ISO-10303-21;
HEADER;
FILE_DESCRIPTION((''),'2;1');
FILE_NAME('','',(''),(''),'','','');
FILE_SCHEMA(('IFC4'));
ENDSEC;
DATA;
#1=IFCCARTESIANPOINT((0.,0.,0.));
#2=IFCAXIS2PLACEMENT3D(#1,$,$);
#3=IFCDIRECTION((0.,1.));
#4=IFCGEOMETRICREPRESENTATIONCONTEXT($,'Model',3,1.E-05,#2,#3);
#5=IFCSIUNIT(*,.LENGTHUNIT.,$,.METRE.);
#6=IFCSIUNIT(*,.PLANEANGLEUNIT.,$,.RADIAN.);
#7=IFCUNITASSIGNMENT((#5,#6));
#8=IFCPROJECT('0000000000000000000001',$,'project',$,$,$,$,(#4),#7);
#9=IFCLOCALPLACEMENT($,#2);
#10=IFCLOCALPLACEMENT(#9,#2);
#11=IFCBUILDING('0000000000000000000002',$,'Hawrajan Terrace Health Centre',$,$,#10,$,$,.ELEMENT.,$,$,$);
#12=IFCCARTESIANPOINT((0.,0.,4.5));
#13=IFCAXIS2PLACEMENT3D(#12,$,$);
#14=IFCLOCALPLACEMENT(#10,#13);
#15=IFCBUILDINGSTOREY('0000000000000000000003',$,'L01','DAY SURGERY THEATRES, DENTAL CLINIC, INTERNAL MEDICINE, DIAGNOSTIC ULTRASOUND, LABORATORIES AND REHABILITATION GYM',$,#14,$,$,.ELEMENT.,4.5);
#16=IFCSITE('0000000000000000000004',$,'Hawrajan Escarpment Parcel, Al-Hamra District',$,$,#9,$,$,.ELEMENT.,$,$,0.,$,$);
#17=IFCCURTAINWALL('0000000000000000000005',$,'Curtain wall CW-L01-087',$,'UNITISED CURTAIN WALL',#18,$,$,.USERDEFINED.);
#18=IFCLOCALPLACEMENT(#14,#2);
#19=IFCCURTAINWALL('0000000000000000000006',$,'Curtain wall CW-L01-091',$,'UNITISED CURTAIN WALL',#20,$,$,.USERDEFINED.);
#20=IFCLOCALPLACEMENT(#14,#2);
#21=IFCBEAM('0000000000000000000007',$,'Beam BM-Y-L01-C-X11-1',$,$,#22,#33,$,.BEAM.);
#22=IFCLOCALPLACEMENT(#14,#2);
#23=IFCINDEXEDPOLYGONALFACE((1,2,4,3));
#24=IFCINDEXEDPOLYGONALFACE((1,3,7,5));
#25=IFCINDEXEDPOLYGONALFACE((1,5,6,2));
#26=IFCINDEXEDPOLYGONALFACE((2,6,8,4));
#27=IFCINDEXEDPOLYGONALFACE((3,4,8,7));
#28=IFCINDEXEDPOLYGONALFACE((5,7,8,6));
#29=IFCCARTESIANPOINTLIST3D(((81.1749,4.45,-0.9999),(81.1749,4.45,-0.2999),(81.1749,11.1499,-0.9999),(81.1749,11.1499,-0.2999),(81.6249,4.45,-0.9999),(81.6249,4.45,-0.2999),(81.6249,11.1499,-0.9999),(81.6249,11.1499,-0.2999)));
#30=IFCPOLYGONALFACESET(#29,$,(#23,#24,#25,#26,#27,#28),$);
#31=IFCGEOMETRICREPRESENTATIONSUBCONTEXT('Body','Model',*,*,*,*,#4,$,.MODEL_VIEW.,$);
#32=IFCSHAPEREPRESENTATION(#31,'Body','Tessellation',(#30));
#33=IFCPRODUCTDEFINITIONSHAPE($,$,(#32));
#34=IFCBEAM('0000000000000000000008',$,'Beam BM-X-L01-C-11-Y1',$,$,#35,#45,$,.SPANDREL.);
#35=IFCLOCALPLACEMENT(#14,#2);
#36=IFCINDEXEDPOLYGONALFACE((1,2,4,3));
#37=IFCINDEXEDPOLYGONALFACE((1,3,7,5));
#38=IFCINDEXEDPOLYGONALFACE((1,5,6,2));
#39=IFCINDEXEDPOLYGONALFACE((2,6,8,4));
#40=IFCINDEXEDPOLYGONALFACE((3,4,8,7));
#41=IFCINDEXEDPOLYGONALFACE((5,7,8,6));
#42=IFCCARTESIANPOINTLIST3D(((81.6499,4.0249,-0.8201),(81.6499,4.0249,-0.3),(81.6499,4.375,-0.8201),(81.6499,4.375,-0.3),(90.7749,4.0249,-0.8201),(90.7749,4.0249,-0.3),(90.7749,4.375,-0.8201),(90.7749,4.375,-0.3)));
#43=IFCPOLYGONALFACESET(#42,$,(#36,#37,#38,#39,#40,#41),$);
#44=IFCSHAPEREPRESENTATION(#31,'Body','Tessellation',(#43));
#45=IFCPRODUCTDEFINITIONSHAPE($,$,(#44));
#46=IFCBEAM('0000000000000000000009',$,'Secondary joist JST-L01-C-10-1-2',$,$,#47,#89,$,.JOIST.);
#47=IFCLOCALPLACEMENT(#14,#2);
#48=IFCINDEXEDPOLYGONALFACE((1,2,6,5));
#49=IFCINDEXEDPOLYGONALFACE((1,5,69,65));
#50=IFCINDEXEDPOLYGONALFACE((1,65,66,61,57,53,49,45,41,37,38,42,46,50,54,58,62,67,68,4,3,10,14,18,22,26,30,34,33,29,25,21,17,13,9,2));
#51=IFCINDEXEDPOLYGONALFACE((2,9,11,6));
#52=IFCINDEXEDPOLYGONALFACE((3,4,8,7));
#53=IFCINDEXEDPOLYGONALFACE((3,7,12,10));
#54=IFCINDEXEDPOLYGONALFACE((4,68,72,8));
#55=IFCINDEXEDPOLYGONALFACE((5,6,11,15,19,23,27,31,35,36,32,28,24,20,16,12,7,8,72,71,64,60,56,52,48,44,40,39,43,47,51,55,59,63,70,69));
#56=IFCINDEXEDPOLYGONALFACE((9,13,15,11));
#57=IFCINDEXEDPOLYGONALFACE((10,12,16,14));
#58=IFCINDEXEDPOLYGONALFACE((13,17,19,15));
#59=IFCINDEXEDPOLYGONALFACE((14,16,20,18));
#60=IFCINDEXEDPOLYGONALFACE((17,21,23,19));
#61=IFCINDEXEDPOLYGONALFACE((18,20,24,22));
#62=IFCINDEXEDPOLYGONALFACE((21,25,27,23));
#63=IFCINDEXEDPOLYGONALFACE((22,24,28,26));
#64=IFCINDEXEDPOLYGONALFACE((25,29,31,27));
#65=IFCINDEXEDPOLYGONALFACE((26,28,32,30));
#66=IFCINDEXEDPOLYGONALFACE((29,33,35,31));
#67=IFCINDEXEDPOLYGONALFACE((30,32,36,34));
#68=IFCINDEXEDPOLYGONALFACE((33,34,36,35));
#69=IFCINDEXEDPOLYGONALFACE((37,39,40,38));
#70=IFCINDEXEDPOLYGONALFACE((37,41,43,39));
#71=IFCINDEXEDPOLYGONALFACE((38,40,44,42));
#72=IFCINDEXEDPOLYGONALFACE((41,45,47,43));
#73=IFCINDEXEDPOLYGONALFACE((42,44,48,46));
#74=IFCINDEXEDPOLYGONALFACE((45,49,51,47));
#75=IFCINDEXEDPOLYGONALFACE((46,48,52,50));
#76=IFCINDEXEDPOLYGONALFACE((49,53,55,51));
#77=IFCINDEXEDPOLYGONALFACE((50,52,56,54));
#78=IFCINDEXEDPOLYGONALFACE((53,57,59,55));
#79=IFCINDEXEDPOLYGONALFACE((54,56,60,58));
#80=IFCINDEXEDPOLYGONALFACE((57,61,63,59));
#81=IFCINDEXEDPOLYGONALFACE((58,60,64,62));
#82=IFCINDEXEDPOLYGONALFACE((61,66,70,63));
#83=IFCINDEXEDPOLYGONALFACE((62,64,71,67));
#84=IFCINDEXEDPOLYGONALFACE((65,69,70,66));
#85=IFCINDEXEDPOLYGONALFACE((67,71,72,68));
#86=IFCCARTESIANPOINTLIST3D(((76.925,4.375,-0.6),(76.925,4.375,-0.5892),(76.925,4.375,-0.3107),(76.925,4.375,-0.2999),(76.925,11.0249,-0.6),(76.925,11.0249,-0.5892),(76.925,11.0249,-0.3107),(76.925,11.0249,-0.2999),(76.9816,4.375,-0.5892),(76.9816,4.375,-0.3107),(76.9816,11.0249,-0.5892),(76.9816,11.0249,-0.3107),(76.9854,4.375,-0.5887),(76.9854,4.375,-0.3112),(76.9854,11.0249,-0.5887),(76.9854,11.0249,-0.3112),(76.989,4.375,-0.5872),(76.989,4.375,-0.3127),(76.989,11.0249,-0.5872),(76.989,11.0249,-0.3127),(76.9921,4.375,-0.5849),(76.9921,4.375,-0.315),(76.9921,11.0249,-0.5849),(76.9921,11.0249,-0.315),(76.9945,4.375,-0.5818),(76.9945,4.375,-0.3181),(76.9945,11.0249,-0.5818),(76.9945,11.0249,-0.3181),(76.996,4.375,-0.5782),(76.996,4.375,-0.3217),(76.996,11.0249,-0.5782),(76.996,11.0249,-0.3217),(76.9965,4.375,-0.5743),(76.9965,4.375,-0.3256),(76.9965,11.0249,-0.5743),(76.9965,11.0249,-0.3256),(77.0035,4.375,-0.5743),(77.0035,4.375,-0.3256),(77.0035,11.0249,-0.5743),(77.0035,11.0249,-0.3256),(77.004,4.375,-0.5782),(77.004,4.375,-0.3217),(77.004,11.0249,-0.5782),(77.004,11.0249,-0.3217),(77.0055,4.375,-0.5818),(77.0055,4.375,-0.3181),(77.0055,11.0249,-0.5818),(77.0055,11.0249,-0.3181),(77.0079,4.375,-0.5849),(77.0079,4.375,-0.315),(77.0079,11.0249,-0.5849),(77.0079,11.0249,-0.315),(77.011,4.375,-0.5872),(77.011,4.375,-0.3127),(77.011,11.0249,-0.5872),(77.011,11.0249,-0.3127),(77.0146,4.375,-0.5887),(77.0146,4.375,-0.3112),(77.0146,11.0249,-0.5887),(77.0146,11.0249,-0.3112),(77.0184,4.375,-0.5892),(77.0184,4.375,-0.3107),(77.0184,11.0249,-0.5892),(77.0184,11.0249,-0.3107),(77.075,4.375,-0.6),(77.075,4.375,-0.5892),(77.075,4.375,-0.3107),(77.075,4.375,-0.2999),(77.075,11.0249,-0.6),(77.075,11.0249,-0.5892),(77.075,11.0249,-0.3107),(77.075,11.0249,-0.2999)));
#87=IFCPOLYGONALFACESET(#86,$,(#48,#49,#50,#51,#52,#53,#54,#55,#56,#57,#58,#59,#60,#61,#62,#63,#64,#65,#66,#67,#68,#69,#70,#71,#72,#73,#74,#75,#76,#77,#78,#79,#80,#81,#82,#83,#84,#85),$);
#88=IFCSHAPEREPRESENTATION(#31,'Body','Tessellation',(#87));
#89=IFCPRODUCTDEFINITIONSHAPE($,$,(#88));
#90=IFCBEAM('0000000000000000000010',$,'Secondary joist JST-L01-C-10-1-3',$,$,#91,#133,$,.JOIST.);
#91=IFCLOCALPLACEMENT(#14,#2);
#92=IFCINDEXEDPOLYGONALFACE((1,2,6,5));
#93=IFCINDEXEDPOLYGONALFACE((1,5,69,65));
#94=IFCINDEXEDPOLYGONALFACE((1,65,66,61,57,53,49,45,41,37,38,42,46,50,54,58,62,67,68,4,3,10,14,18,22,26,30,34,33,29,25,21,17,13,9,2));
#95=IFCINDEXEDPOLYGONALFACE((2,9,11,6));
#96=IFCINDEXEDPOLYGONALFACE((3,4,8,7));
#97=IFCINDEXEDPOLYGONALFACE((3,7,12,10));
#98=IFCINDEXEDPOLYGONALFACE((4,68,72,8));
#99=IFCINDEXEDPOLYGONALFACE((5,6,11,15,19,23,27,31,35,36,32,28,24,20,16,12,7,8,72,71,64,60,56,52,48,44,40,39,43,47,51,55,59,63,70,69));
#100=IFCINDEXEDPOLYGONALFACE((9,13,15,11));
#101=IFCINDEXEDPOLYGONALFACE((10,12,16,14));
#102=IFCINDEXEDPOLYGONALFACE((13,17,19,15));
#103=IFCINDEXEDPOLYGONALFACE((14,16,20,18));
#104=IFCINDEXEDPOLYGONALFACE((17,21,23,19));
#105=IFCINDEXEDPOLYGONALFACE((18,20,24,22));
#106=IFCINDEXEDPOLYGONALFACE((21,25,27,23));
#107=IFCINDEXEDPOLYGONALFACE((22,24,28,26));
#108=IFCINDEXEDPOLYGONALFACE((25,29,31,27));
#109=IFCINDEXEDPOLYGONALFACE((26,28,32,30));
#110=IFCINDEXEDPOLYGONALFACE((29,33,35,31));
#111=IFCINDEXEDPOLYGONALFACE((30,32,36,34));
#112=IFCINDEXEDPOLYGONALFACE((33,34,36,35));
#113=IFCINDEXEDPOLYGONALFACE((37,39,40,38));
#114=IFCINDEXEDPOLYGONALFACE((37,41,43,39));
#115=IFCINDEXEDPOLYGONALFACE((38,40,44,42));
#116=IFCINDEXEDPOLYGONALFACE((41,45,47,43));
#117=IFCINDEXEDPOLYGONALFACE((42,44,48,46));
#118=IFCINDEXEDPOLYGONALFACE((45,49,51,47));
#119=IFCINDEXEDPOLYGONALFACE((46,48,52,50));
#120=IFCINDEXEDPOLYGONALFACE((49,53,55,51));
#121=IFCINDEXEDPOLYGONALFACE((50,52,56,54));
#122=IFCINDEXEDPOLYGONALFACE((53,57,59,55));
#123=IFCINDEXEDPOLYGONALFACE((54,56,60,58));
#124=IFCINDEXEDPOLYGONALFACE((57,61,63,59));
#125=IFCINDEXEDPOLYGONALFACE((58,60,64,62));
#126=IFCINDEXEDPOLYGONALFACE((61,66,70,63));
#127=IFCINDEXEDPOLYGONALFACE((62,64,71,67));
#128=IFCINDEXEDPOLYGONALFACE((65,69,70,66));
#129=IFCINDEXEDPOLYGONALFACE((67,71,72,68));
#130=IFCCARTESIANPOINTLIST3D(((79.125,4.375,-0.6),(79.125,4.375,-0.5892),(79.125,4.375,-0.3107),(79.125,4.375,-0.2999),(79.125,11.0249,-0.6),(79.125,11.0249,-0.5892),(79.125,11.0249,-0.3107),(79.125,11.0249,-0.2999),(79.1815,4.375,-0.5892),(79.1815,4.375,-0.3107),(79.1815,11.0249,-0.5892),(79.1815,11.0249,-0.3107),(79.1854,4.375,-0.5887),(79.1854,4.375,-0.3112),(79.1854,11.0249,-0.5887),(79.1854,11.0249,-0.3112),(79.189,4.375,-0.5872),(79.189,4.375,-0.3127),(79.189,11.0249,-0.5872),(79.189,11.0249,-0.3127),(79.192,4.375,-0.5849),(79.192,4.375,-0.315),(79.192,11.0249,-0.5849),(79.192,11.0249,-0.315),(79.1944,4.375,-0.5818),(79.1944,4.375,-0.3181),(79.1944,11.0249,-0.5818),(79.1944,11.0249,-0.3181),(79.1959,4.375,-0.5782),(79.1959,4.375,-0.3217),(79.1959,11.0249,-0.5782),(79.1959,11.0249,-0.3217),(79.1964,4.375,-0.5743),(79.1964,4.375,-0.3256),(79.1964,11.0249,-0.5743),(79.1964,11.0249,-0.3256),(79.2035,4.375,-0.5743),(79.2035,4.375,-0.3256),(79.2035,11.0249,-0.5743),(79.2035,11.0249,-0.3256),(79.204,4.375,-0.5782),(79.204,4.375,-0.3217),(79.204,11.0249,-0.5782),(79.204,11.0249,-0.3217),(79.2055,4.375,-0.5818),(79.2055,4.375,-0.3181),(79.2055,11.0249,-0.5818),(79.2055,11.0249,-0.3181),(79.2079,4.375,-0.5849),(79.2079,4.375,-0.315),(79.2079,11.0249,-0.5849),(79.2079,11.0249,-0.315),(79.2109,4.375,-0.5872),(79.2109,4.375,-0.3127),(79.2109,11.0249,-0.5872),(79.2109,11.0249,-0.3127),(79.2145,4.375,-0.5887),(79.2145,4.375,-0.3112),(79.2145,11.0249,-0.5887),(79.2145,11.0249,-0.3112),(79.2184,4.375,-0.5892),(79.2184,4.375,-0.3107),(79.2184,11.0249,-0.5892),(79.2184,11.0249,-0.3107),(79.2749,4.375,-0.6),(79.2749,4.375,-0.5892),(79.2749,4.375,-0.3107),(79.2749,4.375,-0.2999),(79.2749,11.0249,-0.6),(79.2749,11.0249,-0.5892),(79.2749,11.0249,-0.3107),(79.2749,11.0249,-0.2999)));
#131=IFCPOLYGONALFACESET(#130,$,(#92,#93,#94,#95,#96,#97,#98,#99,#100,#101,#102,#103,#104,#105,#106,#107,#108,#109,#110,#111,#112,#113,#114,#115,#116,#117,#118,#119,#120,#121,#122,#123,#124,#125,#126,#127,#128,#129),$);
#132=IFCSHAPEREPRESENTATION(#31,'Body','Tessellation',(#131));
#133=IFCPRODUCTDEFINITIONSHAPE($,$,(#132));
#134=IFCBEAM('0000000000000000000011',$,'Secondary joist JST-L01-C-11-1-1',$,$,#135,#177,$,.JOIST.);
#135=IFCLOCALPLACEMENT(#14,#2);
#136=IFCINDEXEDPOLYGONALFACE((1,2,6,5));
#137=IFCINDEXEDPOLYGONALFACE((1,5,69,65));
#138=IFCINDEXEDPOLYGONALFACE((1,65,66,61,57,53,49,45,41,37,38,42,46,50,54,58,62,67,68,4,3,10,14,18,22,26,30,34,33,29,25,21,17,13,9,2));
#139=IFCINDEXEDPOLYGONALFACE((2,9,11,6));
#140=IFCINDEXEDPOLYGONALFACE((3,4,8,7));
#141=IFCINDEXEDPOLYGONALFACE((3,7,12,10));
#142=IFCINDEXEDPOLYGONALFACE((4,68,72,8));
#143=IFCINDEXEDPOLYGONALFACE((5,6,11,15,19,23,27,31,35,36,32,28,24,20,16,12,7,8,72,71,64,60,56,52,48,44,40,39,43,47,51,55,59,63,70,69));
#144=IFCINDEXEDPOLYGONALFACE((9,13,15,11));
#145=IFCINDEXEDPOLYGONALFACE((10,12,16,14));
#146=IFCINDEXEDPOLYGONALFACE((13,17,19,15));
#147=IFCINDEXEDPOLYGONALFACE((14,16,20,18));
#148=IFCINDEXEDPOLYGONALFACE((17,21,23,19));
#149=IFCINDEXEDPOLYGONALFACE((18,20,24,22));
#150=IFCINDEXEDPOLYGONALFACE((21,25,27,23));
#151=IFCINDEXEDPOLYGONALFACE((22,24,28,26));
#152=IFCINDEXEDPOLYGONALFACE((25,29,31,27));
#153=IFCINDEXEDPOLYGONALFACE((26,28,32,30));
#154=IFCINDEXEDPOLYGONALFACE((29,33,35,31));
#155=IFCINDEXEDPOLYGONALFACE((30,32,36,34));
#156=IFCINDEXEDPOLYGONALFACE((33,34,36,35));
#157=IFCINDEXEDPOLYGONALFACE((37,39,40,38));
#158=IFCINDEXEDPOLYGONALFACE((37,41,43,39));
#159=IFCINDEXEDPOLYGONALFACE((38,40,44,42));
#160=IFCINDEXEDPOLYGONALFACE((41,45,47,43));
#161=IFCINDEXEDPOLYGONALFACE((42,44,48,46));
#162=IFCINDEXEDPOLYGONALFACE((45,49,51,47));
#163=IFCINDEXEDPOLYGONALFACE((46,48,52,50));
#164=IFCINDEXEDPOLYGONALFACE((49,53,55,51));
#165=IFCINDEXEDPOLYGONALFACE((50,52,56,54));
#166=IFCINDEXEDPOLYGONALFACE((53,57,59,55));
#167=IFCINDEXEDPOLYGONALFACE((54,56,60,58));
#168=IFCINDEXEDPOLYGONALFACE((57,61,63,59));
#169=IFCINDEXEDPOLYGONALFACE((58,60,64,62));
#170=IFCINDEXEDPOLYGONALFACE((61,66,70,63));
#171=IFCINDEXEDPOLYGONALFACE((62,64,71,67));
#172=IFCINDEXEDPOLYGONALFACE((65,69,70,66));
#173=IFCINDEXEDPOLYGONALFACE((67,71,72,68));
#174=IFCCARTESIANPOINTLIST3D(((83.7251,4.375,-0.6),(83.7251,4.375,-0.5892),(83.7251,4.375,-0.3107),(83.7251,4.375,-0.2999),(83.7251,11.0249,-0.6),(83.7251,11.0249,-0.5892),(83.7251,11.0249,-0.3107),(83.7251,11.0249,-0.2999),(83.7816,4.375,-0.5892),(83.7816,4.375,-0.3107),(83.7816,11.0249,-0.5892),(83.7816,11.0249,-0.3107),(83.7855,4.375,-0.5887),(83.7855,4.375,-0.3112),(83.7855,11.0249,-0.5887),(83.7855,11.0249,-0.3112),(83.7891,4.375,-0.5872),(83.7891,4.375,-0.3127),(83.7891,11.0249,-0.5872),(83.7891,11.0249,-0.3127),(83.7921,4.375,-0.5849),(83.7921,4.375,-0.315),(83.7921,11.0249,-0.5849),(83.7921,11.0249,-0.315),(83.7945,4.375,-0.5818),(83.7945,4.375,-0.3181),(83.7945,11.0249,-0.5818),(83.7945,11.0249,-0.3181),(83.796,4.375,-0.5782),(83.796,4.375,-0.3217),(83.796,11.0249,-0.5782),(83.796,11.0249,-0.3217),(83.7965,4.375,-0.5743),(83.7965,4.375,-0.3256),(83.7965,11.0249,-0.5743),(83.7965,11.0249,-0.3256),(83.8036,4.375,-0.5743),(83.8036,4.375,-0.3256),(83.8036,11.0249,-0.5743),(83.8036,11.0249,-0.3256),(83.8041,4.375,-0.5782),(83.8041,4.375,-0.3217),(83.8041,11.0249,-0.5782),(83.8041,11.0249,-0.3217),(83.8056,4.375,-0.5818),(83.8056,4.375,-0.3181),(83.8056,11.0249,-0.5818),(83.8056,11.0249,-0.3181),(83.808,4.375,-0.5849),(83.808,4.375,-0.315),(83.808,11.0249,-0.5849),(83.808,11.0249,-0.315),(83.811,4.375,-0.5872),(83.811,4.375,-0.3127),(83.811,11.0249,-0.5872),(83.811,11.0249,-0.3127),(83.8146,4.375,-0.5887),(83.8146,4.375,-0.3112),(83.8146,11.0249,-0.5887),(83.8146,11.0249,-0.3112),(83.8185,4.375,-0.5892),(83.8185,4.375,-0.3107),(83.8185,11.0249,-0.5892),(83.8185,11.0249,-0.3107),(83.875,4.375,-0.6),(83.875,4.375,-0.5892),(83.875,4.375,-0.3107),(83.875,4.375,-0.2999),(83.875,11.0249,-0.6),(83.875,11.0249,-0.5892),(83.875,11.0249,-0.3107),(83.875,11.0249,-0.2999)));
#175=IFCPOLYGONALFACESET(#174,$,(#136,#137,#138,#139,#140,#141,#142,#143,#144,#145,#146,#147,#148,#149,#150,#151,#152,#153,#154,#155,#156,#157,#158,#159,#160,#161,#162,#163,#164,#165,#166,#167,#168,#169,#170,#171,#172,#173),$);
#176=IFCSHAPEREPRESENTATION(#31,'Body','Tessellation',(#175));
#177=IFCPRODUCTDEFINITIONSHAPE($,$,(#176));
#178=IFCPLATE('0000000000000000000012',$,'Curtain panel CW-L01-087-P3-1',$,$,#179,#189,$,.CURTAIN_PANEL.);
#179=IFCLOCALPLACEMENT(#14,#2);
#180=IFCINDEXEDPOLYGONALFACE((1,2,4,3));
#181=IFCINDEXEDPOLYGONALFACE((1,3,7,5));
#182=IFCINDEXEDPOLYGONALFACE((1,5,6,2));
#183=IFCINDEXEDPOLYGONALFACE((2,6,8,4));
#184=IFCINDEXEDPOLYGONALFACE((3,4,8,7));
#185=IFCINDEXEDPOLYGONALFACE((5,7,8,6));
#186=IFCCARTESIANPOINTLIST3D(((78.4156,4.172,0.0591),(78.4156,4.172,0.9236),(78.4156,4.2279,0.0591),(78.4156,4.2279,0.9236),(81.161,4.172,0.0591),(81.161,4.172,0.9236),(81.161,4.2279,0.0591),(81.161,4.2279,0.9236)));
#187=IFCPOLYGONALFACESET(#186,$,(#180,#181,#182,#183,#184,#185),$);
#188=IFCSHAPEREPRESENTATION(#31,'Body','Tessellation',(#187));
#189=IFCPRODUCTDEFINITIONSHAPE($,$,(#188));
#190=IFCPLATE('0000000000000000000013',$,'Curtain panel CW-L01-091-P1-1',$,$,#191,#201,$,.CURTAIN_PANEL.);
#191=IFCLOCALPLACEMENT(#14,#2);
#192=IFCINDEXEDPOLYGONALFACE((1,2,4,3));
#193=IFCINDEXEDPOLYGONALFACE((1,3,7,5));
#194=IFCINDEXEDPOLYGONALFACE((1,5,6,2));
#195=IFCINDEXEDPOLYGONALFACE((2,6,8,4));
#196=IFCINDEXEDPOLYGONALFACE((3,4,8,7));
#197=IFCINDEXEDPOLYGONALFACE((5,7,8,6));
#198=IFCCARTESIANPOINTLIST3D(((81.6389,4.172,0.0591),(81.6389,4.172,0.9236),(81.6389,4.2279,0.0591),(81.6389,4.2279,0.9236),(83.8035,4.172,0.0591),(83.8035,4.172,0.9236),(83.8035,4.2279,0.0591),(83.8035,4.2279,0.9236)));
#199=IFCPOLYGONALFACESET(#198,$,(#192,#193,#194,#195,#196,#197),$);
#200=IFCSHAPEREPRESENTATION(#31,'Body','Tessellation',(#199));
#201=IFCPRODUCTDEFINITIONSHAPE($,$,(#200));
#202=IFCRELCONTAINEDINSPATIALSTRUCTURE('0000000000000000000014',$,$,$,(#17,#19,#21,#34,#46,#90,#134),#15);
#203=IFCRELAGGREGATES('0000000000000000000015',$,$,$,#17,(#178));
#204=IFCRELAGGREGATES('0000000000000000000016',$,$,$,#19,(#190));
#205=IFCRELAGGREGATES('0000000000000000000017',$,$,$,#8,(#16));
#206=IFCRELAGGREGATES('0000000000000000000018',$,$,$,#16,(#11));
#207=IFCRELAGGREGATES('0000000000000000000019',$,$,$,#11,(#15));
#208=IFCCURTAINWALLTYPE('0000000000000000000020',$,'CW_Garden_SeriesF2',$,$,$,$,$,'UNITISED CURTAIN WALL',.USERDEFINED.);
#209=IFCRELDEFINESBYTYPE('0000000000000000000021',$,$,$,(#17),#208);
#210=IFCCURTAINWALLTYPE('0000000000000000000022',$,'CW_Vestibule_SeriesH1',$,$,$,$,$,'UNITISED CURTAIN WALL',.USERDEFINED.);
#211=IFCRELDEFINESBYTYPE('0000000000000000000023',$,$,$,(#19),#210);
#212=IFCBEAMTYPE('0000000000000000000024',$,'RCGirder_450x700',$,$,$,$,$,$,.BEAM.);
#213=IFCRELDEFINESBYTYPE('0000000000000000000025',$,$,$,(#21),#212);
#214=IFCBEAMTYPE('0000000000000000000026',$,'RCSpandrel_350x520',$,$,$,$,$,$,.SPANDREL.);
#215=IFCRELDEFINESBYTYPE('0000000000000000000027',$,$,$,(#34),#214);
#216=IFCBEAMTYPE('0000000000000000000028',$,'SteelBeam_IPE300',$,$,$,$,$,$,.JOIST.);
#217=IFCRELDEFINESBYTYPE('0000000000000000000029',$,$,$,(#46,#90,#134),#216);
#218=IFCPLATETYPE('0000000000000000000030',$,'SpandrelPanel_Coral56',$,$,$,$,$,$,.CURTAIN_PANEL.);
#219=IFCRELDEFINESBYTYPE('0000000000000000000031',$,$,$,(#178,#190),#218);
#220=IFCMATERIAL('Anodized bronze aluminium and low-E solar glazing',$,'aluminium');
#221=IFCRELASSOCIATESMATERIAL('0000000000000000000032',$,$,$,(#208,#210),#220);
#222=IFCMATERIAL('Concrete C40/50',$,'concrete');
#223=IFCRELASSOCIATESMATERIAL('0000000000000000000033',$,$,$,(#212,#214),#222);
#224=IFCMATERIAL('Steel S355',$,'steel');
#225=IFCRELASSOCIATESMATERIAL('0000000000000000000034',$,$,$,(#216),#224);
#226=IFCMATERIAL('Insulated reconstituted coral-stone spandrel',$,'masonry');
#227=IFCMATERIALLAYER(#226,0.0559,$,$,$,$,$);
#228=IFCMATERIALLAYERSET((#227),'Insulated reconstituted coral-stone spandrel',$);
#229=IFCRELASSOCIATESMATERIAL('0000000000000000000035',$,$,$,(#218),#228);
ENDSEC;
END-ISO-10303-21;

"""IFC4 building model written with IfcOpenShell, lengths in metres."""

from ifc_helpers import new_model, si_unit, direction, frame, origin, origin_2d, place, context, subcontext, project, spatial, rectangle, i_section, extrude, material, layer, layer_set, material_profile, profile_set, type_object, element, aggregate, save


model = new_model("IFC4")

# Units and contexts
model_context = context("Model", 3, precision=1e-05, world=origin(), true_north=direction((0.0, 1.0)))
body_context = subcontext(model_context, "Body", "Model", "MODEL_VIEW")
ifc_project = project(units=[si_unit("LENGTHUNIT", "METRE"), si_unit("PLANEANGLEUNIT", "RADIAN")], contexts=[model_context])

# Site, building, storey
site_placement = place(None, origin())
site = spatial("IfcSite", under=ifc_project, at=site_placement, Name="Hawrajan Escarpment Parcel, Al-Hamra District", CompositionType="ELEMENT", RefElevation=0.0)
building_placement = place(site_placement, origin())
building = spatial("IfcBuilding", under=site, at=building_placement, Name="Hawrajan Terrace Health Centre", CompositionType="ELEMENT")
storey_placement = place(building_placement, frame((0.0, 0.0, 4.5)))
storey = spatial("IfcBuildingStorey", under=building, at=storey_placement, Name="L01", Description="DAY SURGERY THEATRES, DENTAL CLINIC, INTERNAL MEDICINE, DIAGNOSTIC ULTRASOUND, LABORATORIES AND REHABILITATION GYM", CompositionType="ELEMENT", Elevation=4.5)

# Curtain wall
ifc_material_1 = material(Name="Anodized bronze aluminium and low-E solar glazing", Category="aluminium")
curtain_wall_type_1 = type_object("IfcCurtainWallType", Name="CW_Garden_SeriesF2", ElementType="UNITISED CURTAIN WALL", PredefinedType="USERDEFINED", material=ifc_material_1)
curtain_wall_1_placement = place(storey_placement, origin())
curtain_wall_1 = element("IfcCurtainWall", 1, at=curtain_wall_1_placement, inside=storey, type_object=curtain_wall_type_1, Name="Curtain wall CW-L01-087", ObjectType="UNITISED CURTAIN WALL", PredefinedType="USERDEFINED")

# Curtain wall
curtain_wall_type_2 = type_object("IfcCurtainWallType", Name="CW_Vestibule_SeriesH1", ElementType="UNITISED CURTAIN WALL", PredefinedType="USERDEFINED", material=ifc_material_1)
curtain_wall_2_placement = place(storey_placement, origin())
curtain_wall_2 = element("IfcCurtainWall", 2, at=curtain_wall_2_placement, inside=storey, type_object=curtain_wall_type_2, Name="Curtain wall CW-L01-091", ObjectType="UNITISED CURTAIN WALL", PredefinedType="USERDEFINED")

# Beams
ifc_material_2 = material(Name="Concrete C40/50", Category="concrete")
ifc_material_profile_1 = material_profile(ifc_material_2, rectangle(XDim=0.45, YDim=0.7, at=origin_2d()), Name="RC BM 450x700")
ifc_profile_set_1 = profile_set([ifc_material_profile_1], Name="Concrete C40/50")
beam_type_1 = type_object("IfcBeamType", Name="RCGirder_450x700", PredefinedType="BEAM", material=ifc_profile_set_1)
beam_1_placement = place(storey_placement, frame((81.3999, 4.45, -0.6499), z_axis=(0.0, 1.0, 0.0), x_axis=(-1.0, 0.0, 0.0)))
element("IfcBeam", 3, at=beam_1_placement, inside=storey, type_object=beam_type_1, Name="Beam BM-Y-L01-C-X11-1", PredefinedType="BEAM", context=body_context, shape_type="SweptSolid", body=[
    extrude(rectangle(XDim=0.45, YDim=0.7, at=origin_2d()), origin(), (0.0, 0.0, 1.0), 6.7),
])
ifc_material_profile_2 = material_profile(ifc_material_2, rectangle(XDim=0.3501, YDim=0.52, at=origin_2d()), Name="RC SP 350x520")
ifc_profile_set_2 = profile_set([ifc_material_profile_2], Name="Concrete C40/50")
beam_type_2 = type_object("IfcBeamType", Name="RCSpandrel_350x520", PredefinedType="SPANDREL", material=ifc_profile_set_2)
beam_2_placement = place(storey_placement, frame((81.6499, 4.2, -0.5601), z_axis=(1.0, 0.0, 0.0), x_axis=(0.0, 1.0, 0.0)))
element("IfcBeam", 4, at=beam_2_placement, inside=storey, type_object=beam_type_2, Name="Beam BM-X-L01-C-11-Y1", PredefinedType="SPANDREL", context=body_context, shape_type="SweptSolid", body=[
    extrude(rectangle(XDim=0.3501, YDim=0.52, at=origin_2d()), origin(), (0.0, 0.0, 1.0), 9.125),
])
ifc_material_3 = material(Name="Steel S355", Category="steel")
ifc_material_profile_3 = material_profile(ifc_material_3, i_section(OverallWidth=0.1499, OverallDepth=0.3, WebThickness=0.0071, FlangeThickness=0.0107, FilletRadius=0.0149, at=origin_2d()), Name="IPE 300")
ifc_profile_set_3 = profile_set([ifc_material_profile_3], Name="Steel S355")
beam_type_3 = type_object("IfcBeamType", Name="SteelBeam_IPE300", PredefinedType="JOIST", material=ifc_profile_set_3)
for number, where, z_axis, x_axis, name in (
    (5, (77.0, 4.375, -0.45), (0.0, 1.0, 0.0), (-1.0, 0.0, 0.0), "Secondary joist JST-L01-C-10-1-2"),
    (6, (79.2, 4.375, -0.45), (0.0, 1.0, 0.0), (-1.0, 0.0, 0.0), "Secondary joist JST-L01-C-10-1-3"),
    (7, (83.8, 4.375, -0.45), (0.0, 1.0, 0.0), (-1.0, 0.0, 0.0), "Secondary joist JST-L01-C-11-1-1"),
):
    element("IfcBeam", number, at=place(storey_placement, frame(where, z_axis=z_axis, x_axis=x_axis)), inside=storey, type_object=beam_type_3, Name=name, PredefinedType="JOIST", context=body_context, shape_type="SweptSolid", body=[
        extrude(i_section(OverallWidth=0.1499, OverallDepth=0.3, WebThickness=0.0071, FlangeThickness=0.0107, FilletRadius=0.0149, at=origin_2d()), origin(), (0.0, 0.0, 1.0), 6.6499),
    ])

# Plates
ifc_material_4 = material(Name="Insulated reconstituted coral-stone spandrel", Category="masonry")
ifc_layer_1 = layer(ifc_material_4, 0.0559)
ifc_layer_set_1 = layer_set([ifc_layer_1], Name="Insulated reconstituted coral-stone spandrel")
plate_type_1 = type_object("IfcPlateType", Name="SpandrelPanel_Coral56", PredefinedType="CURTAIN_PANEL", material=ifc_layer_set_1)
plate_1_placement = place(storey_placement, frame((79.7883, 4.2, 0.0591), z_axis=(0.0, 0.0, 1.0), x_axis=(1.0, 0.0, 0.0)))
plate_1 = element("IfcPlate", 8, at=plate_1_placement, type_object=plate_type_1, Name="Curtain panel CW-L01-087-P3-1", PredefinedType="CURTAIN_PANEL", context=body_context, shape_type="SweptSolid", body=[
    extrude(rectangle(XDim=2.7454, YDim=0.0559, at=origin_2d()), origin(), (0.0, 0.0, 1.0), 0.8645),
])
plate_2_placement = place(storey_placement, frame((82.7212, 4.2, 0.0591), z_axis=(0.0, 0.0, 1.0), x_axis=(1.0, 0.0, 0.0)))
plate_2 = element("IfcPlate", 9, at=plate_2_placement, type_object=plate_type_1, Name="Curtain panel CW-L01-091-P1-1", PredefinedType="CURTAIN_PANEL", context=body_context, shape_type="SweptSolid", body=[
    extrude(rectangle(XDim=2.1646, YDim=0.0559, at=origin_2d()), origin(), (0.0, 0.0, 1.0), 0.8645),
])
aggregate(curtain_wall_1, [plate_1])
aggregate(curtain_wall_2, [plate_2])

save(model, "model.ifc")
